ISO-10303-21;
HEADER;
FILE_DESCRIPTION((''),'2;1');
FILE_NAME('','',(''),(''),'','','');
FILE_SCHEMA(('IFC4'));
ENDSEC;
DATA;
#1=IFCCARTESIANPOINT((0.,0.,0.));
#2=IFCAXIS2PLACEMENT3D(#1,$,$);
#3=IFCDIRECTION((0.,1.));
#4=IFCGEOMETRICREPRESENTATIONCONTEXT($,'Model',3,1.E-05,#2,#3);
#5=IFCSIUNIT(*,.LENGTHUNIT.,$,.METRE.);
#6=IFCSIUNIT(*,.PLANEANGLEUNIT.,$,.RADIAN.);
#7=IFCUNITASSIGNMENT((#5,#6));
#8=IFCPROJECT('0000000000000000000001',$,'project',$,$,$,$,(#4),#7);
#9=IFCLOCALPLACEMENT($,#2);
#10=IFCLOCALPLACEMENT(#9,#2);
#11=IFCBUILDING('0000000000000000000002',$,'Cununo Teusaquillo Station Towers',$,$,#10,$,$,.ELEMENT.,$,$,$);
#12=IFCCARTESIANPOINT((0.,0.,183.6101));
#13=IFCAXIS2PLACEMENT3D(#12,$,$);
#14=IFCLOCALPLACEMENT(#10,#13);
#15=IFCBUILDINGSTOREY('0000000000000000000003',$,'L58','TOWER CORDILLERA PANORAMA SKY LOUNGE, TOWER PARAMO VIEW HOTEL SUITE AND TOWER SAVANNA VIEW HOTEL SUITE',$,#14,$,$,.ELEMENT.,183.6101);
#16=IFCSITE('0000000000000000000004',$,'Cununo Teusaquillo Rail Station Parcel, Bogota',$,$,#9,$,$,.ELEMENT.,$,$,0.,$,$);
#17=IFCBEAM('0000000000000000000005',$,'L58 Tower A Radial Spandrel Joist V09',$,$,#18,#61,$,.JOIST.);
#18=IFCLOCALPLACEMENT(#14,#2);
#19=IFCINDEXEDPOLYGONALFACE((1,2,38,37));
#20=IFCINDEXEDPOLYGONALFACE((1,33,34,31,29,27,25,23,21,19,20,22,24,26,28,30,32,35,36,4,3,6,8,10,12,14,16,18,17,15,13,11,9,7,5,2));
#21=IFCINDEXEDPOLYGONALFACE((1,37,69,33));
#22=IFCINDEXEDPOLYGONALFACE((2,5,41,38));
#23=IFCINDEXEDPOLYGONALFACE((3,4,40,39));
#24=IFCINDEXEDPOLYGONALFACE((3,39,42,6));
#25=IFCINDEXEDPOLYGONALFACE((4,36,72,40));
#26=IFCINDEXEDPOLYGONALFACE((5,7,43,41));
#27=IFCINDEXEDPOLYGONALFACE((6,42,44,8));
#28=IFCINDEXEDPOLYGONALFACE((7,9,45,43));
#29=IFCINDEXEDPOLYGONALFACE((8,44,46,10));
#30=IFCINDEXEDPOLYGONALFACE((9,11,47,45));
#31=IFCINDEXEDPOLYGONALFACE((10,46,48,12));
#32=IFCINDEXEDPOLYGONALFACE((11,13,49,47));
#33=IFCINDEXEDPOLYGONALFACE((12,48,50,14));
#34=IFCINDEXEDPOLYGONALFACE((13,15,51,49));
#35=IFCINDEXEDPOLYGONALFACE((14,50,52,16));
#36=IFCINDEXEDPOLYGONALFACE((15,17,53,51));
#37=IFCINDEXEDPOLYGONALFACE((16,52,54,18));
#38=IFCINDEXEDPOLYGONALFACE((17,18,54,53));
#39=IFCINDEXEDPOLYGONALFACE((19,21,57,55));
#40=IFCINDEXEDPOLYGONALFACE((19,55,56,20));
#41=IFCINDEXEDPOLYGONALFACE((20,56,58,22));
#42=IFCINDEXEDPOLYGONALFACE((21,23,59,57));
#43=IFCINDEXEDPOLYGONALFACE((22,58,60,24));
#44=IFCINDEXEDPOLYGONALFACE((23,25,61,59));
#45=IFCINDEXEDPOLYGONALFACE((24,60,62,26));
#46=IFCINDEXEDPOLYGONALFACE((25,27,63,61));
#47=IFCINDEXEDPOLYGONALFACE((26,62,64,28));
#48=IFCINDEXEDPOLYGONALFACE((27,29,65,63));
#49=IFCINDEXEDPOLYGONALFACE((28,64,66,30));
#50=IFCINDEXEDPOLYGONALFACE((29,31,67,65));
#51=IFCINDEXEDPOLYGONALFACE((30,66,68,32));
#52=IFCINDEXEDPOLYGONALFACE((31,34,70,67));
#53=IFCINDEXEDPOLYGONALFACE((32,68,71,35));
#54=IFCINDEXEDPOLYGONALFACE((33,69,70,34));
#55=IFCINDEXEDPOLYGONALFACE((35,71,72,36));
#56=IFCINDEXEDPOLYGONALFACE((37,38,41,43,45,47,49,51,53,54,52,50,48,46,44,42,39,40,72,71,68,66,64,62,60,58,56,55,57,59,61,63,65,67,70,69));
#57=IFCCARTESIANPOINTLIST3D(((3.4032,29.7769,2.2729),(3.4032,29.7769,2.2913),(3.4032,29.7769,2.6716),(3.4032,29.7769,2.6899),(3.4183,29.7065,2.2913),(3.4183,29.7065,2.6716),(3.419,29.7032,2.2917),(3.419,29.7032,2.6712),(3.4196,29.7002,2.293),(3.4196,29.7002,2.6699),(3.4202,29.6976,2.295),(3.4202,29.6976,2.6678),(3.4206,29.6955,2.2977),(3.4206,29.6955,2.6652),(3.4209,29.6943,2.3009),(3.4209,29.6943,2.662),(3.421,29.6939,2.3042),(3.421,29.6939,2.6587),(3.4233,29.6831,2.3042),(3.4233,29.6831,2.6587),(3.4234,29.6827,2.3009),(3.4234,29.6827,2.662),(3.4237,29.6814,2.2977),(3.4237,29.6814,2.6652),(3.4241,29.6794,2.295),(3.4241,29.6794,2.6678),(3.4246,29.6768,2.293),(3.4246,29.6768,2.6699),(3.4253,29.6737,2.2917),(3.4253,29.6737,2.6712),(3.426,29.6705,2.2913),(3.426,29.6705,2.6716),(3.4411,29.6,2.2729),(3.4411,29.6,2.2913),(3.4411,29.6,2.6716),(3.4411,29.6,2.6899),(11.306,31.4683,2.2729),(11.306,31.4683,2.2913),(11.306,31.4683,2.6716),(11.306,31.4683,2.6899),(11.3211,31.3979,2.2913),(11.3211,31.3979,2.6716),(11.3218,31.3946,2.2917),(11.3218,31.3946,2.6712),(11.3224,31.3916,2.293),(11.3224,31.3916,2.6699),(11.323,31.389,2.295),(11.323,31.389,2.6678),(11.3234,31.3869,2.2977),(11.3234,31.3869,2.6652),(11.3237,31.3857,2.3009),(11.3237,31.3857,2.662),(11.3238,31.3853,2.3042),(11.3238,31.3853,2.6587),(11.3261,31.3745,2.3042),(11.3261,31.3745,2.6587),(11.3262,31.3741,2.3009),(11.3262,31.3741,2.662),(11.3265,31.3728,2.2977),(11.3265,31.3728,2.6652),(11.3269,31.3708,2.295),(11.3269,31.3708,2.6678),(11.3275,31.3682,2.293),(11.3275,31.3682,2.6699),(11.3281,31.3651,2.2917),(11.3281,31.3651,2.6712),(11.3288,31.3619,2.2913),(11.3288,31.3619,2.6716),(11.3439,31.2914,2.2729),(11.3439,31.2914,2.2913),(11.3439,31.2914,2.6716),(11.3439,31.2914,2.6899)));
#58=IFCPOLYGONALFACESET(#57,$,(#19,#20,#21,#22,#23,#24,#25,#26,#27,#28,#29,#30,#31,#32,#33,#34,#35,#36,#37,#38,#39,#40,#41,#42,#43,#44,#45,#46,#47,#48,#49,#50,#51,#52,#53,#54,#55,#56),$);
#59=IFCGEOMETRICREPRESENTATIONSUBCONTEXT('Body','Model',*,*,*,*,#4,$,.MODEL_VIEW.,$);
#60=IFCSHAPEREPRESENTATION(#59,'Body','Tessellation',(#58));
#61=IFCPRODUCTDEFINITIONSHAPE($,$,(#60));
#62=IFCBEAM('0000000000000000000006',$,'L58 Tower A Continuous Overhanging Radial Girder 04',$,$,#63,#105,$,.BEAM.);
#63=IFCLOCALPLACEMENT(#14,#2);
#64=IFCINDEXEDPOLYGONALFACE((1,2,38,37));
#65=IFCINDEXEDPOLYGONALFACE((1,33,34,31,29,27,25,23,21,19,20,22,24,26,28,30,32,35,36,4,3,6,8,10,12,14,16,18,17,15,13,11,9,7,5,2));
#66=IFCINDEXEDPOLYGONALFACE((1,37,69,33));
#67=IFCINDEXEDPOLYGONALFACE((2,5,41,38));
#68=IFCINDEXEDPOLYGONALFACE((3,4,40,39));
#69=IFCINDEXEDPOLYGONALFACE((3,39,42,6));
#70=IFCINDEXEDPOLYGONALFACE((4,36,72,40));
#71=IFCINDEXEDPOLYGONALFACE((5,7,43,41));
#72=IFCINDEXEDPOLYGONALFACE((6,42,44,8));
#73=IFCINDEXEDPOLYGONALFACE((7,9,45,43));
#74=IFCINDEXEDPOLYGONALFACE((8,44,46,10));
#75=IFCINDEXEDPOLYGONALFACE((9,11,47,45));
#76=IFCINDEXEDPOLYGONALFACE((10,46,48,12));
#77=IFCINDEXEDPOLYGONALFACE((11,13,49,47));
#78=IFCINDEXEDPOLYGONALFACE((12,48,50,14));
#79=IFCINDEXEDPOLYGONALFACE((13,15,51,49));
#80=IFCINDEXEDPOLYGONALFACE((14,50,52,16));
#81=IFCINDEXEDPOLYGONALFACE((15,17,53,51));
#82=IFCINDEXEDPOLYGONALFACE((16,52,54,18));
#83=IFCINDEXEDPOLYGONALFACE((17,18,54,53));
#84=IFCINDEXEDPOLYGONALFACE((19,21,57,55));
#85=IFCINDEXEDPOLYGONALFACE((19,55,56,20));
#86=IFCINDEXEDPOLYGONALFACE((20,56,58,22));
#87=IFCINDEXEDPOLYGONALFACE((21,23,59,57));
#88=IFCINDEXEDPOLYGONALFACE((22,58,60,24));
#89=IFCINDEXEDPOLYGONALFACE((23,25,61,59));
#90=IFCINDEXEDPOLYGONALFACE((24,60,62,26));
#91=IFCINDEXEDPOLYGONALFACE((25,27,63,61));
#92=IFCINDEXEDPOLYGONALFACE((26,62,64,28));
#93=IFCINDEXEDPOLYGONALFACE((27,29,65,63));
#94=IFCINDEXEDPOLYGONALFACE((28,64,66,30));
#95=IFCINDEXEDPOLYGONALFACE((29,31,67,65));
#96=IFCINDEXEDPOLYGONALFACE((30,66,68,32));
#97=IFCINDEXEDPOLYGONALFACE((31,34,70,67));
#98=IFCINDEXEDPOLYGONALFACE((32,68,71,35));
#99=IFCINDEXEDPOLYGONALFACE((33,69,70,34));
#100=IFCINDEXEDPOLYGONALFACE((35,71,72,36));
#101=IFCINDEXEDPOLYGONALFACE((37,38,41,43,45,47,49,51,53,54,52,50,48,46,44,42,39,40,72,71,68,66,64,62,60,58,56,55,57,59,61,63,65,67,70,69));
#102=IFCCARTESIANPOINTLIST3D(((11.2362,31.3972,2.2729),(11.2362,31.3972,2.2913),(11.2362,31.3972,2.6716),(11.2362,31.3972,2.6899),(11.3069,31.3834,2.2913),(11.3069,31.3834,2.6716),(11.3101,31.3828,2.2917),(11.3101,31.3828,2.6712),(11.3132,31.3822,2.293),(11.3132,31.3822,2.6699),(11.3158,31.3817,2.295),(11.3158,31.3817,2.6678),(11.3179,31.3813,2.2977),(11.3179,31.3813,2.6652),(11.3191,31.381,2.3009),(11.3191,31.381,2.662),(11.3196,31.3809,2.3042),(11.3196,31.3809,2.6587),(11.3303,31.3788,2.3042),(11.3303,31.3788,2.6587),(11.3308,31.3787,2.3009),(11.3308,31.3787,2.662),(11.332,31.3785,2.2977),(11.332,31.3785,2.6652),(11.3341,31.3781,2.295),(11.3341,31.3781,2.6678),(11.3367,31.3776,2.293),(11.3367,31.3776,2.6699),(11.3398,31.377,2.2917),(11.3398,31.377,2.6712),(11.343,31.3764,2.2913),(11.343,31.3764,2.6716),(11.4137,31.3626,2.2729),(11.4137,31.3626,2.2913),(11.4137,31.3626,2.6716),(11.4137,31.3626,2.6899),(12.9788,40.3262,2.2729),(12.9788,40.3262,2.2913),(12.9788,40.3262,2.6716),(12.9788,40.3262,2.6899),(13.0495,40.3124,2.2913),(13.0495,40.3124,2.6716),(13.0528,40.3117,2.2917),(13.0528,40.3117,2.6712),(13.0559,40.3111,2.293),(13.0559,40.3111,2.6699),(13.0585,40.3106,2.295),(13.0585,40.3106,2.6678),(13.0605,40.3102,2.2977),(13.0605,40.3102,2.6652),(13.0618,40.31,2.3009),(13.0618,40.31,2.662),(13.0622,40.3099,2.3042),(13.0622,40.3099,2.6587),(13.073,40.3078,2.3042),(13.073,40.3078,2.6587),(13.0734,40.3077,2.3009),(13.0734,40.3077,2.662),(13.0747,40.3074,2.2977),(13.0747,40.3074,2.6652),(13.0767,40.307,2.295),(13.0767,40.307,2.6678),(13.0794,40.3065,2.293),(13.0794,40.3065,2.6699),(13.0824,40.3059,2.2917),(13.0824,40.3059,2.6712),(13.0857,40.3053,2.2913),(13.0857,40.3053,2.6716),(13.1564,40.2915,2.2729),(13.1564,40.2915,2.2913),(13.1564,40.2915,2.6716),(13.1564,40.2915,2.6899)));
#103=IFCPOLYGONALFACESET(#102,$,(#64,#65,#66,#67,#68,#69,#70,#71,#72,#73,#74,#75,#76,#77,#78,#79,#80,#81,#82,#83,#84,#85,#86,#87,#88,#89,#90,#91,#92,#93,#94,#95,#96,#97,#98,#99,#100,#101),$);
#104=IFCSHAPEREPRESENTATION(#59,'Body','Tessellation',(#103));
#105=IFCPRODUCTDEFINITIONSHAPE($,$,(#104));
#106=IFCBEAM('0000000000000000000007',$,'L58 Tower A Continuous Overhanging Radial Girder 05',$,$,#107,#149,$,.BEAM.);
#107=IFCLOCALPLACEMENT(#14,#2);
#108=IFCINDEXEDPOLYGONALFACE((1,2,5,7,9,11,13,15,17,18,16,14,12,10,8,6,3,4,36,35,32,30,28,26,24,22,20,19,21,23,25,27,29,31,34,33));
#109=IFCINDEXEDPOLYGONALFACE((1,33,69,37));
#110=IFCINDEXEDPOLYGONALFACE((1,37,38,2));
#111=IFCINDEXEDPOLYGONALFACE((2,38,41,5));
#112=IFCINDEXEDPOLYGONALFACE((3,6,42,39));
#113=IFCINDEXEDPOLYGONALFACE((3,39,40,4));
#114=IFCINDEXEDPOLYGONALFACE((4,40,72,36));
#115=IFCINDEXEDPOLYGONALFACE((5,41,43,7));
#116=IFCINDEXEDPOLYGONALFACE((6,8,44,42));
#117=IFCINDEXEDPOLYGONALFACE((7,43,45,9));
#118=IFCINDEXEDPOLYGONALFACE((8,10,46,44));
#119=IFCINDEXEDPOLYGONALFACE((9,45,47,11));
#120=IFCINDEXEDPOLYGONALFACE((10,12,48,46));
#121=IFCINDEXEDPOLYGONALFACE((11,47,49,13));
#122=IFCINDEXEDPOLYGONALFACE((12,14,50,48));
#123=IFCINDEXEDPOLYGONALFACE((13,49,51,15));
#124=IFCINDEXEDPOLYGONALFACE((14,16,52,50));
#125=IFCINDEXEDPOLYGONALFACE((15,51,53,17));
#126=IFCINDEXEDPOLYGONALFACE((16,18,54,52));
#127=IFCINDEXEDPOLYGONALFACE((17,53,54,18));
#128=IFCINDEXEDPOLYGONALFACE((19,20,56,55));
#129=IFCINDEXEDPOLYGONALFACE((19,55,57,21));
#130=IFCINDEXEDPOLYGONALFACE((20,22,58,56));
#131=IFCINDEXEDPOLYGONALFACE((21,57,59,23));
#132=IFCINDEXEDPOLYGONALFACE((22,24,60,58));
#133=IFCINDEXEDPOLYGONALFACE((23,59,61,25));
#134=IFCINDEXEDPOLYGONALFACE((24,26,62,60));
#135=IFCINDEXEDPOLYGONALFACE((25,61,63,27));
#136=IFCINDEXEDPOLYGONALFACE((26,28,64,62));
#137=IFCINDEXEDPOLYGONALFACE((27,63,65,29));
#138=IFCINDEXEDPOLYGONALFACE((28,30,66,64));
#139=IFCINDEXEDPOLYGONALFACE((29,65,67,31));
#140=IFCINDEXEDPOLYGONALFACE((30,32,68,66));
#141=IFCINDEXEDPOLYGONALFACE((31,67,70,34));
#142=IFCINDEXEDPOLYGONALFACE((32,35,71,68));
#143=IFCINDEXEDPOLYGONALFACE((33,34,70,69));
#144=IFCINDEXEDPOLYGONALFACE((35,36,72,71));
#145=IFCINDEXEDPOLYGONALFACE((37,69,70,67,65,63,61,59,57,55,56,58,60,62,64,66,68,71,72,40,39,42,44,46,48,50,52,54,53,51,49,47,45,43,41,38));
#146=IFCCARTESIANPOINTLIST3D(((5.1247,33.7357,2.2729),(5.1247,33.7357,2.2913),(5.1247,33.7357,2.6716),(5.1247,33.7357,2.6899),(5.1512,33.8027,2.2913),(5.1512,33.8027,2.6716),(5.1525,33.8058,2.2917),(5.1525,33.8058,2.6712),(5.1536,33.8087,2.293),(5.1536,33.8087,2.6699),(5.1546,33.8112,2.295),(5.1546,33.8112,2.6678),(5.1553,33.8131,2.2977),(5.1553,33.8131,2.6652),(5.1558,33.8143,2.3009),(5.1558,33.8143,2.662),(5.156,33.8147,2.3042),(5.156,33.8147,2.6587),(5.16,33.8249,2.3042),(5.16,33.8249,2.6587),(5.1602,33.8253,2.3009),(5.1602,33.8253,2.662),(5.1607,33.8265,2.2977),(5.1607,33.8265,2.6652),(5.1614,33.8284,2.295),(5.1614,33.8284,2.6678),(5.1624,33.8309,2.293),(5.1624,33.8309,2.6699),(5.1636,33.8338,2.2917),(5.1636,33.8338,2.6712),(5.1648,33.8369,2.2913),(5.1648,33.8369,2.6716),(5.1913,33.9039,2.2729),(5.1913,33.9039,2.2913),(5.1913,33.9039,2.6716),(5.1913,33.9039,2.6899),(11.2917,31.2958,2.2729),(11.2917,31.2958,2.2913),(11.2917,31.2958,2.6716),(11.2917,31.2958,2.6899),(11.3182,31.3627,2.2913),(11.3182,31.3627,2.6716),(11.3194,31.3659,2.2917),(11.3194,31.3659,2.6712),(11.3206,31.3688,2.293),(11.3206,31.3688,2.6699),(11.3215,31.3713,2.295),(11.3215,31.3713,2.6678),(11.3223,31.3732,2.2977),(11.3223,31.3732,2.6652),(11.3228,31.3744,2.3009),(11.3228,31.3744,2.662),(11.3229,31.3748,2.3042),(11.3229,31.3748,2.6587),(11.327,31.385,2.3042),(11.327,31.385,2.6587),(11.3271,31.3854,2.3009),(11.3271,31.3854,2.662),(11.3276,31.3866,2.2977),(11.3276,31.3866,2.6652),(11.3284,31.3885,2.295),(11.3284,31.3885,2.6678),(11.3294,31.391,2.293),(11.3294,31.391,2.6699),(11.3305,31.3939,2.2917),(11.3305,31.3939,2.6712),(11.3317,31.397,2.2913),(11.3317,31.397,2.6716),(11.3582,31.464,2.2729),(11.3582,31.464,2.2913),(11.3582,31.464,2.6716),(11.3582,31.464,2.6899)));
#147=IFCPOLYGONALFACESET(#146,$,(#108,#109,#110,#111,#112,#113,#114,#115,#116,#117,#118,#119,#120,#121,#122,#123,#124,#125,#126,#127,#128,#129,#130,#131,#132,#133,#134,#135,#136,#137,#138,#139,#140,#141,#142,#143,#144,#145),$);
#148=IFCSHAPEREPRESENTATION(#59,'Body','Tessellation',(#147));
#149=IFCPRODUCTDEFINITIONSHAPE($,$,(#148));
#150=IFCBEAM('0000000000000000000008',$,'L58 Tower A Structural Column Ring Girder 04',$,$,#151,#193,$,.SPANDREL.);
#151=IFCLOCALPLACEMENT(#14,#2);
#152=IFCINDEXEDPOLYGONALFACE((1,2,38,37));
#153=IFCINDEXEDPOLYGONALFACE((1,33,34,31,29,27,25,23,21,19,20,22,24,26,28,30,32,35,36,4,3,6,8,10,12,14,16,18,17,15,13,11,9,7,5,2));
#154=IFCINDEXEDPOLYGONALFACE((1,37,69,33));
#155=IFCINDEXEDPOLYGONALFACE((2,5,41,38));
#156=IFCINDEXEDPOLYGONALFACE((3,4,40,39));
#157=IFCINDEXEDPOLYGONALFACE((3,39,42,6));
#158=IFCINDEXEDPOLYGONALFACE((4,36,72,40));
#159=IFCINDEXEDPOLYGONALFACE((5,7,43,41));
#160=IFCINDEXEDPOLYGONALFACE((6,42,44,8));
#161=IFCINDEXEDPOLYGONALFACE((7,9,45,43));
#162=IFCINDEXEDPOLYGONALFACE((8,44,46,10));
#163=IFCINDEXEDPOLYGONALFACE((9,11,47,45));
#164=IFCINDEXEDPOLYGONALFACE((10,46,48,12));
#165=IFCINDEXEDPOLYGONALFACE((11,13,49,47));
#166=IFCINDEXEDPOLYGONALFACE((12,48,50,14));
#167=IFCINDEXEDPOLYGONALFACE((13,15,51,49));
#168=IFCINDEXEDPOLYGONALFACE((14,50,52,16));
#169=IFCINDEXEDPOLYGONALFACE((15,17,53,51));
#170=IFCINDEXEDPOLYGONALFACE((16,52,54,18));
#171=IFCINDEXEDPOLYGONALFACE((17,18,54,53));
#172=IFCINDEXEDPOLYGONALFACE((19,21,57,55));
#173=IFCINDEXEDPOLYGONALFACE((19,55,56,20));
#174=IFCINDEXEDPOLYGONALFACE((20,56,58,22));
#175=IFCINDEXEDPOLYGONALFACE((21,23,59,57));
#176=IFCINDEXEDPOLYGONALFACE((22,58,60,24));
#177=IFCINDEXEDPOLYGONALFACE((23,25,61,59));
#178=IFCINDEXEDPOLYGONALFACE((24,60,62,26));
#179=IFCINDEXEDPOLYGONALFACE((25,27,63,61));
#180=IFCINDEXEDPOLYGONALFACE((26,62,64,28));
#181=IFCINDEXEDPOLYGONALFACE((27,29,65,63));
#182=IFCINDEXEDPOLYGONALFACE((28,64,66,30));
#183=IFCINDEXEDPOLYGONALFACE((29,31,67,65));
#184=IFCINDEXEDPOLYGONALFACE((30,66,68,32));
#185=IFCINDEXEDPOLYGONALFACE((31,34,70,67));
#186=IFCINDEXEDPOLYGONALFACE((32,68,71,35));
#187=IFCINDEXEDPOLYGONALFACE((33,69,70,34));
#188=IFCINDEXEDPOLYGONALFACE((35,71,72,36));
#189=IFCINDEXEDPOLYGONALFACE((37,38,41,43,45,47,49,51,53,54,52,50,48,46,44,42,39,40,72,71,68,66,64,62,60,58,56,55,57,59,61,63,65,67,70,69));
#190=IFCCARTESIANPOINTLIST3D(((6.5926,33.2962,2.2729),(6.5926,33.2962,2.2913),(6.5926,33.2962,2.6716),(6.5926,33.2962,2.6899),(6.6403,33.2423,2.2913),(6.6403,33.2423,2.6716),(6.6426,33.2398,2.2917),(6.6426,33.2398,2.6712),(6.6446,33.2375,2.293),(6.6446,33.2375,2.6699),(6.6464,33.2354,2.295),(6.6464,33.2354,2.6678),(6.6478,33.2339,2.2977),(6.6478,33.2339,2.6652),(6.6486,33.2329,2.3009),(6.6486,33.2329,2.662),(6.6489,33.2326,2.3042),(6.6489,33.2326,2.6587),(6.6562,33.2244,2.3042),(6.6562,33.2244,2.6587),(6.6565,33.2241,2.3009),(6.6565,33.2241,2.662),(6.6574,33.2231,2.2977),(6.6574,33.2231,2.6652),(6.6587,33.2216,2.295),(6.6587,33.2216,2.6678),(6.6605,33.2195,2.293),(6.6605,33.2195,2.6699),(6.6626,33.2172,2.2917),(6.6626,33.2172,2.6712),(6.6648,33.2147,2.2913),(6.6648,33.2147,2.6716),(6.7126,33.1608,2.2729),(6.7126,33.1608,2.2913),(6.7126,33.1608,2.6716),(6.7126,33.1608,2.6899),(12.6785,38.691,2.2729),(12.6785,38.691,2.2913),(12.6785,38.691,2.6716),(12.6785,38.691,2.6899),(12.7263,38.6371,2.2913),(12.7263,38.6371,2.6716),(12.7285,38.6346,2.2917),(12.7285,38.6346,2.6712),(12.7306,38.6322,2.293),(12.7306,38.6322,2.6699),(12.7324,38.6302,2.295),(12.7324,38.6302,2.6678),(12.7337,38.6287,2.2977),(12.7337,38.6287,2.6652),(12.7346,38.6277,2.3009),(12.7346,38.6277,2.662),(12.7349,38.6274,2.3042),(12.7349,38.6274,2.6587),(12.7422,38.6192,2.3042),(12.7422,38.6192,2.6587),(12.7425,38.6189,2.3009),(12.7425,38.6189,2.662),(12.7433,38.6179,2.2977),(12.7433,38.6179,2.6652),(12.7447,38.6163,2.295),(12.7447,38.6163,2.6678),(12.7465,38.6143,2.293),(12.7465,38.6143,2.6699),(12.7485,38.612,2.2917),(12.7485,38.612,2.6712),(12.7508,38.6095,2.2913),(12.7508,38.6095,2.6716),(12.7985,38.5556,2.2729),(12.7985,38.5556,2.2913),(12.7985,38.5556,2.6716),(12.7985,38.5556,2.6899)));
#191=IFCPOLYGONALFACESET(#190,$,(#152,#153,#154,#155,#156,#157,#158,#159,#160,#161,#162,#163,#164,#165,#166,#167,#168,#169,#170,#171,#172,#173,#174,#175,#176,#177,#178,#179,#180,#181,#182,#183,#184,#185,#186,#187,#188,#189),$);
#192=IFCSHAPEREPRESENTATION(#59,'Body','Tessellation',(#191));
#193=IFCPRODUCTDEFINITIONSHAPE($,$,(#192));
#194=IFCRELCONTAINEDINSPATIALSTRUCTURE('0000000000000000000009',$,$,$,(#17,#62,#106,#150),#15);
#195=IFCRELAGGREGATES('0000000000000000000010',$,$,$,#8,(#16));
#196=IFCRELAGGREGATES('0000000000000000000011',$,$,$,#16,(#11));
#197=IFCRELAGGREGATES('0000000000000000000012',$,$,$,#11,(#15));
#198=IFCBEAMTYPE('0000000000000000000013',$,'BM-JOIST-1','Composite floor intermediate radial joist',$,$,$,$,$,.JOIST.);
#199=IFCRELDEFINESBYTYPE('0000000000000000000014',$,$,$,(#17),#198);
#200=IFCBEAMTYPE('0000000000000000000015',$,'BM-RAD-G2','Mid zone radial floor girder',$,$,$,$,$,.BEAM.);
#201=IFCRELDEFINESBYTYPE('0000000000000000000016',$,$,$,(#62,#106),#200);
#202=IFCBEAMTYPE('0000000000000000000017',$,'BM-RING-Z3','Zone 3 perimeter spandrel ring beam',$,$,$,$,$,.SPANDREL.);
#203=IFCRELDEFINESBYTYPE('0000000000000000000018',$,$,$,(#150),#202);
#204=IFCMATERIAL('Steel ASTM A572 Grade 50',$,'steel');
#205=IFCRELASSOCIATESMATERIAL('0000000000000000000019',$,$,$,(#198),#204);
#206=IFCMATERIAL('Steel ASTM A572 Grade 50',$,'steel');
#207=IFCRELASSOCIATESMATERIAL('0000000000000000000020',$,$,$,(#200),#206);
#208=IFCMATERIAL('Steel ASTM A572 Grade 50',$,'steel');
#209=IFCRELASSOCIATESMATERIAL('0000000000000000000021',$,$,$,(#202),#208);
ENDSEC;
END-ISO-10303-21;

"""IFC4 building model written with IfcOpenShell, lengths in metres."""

from ifc_helpers import new_model, si_unit, direction, frame, origin, origin_2d, place, context, subcontext, project, spatial, i_section, extrude, material, material_profile, profile_set, type_object, element, save


model = new_model("IFC4")

# Units and contexts
model_context = context("Model", 3, precision=1e-05, world=origin(), true_north=direction((0.0, 1.0)))
body_context = subcontext(model_context, "Body", "Model", "MODEL_VIEW")
ifc_project = project(units=[si_unit("LENGTHUNIT", "METRE"), si_unit("PLANEANGLEUNIT", "RADIAN")], contexts=[model_context])

# Site, building, storey
site_placement = place(None, origin())
site = spatial("IfcSite", under=ifc_project, at=site_placement, Name="Cununo Teusaquillo Rail Station Parcel, Bogota", CompositionType="ELEMENT", RefElevation=0.0)
building_placement = place(site_placement, origin())
building = spatial("IfcBuilding", under=site, at=building_placement, Name="Cununo Teusaquillo Station Towers", CompositionType="ELEMENT")
storey_placement = place(building_placement, frame((0.0, 0.0, 183.6101)))
storey = spatial("IfcBuildingStorey", under=building, at=storey_placement, Name="L58", Description="TOWER CORDILLERA PANORAMA SKY LOUNGE, TOWER PARAMO VIEW HOTEL SUITE AND TOWER SAVANNA VIEW HOTEL SUITE", CompositionType="ELEMENT", Elevation=183.6101)

# Beams
ifc_material_1 = material(Name="Steel ASTM A572 Grade 50", Category="steel")
ifc_material_profile_1 = material_profile(ifc_material_1, i_section(OverallWidth=0.1809, OverallDepth=0.417, WebThickness=0.011, FlangeThickness=0.0183, FilletRadius=0.0129, at=origin_2d()), Name="W16X57")
ifc_profile_set_1 = profile_set([ifc_material_profile_1], Name="Steel ASTM A572 Grade 50")
beam_type_1 = type_object("IfcBeamType", Name="BM-JOIST-1", Description="Composite floor intermediate radial joist", PredefinedType="JOIST", material=ifc_profile_set_1)
beam_1_placement = place(storey_placement, frame((11.325, 31.3799, 2.4814), z_axis=(-0.977855, -0.209286, 0.0), x_axis=(0.209286, -0.977855, 0.0)))
element("IfcBeam", 1, at=beam_1_placement, inside=storey, type_object=beam_type_1, Name="L58 Tower A Radial Spandrel Joist V09", PredefinedType="JOIST", context=body_context, shape_type="SweptSolid", body=[
    extrude(i_section(OverallWidth=0.1809, OverallDepth=0.417, WebThickness=0.011, FlangeThickness=0.0183, FilletRadius=0.0129, at=origin_2d()), origin(), (0.0, 0.0, 1.0), 8.0818),
])
ifc_material_2 = material(Name="Steel ASTM A572 Grade 50", Category="steel")
ifc_material_profile_2 = material_profile(ifc_material_2, i_section(OverallWidth=0.1809, OverallDepth=0.417, WebThickness=0.011, FlangeThickness=0.0183, FilletRadius=0.0129, at=origin_2d()), Name="W16X57")
ifc_profile_set_2 = profile_set([ifc_material_profile_2], Name="Steel ASTM A572 Grade 50")
beam_type_2 = type_object("IfcBeamType", Name="BM-RAD-G2", Description="Mid zone radial floor girder", PredefinedType="BEAM", material=ifc_profile_set_2)
beam_2_placement = place(storey_placement, frame((11.325, 31.3799, 2.4814), z_axis=(0.191557, 0.981481, 0.0), x_axis=(-0.981481, 0.191557, 0.0)))
element("IfcBeam", 2, at=beam_2_placement, inside=storey, type_object=beam_type_2, Name="L58 Tower A Continuous Overhanging Radial Girder 04", PredefinedType="BEAM", context=body_context, shape_type="SweptSolid", body=[
    extrude(i_section(OverallWidth=0.1809, OverallDepth=0.417, WebThickness=0.011, FlangeThickness=0.0183, FilletRadius=0.0129, at=origin_2d()), origin(), (0.0, 0.0, 1.0), 9.0974),
])
beam_3_placement = place(storey_placement, frame((11.325, 31.3799, 2.4814), z_axis=(-0.929866, 0.367897, 0.0), x_axis=(-0.367897, -0.929866, 0.0)))
element("IfcBeam", 3, at=beam_3_placement, inside=storey, type_object=beam_type_2, Name="L58 Tower A Continuous Overhanging Radial Girder 05", PredefinedType="BEAM", context=body_context, shape_type="SweptSolid", body=[
    extrude(i_section(OverallWidth=0.1809, OverallDepth=0.417, WebThickness=0.011, FlangeThickness=0.0183, FilletRadius=0.0129, at=origin_2d()), origin(), (0.0, 0.0, 1.0), 6.6321),
])
ifc_material_3 = material(Name="Steel ASTM A572 Grade 50", Category="steel")
ifc_material_profile_3 = material_profile(ifc_material_3, i_section(OverallWidth=0.1809, OverallDepth=0.417, WebThickness=0.011, FlangeThickness=0.0183, FilletRadius=0.0129, at=origin_2d()), Name="W16X57")
ifc_profile_set_3 = profile_set([ifc_material_profile_3], Name="Steel ASTM A572 Grade 50")
beam_type_3 = type_object("IfcBeamType", Name="BM-RING-Z3", Description="Zone 3 perimeter spandrel ring beam", PredefinedType="SPANDREL", material=ifc_profile_set_3)
beam_4_placement = place(storey_placement, frame((12.7385, 38.6233, 2.4814), z_axis=(-0.748321, -0.663337, 0.0), x_axis=(0.663337, -0.748321, 0.0)))
element("IfcBeam", 4, at=beam_4_placement, inside=storey, type_object=beam_type_3, Name="L58 Tower A Structural Column Ring Girder 04", PredefinedType="SPANDREL", context=body_context, shape_type="SweptSolid", body=[
    extrude(i_section(OverallWidth=0.1809, OverallDepth=0.417, WebThickness=0.011, FlangeThickness=0.0183, FilletRadius=0.0129, at=origin_2d()), origin(), (0.0, 0.0, 1.0), 8.1328),
])

save(model, "model.ifc")
